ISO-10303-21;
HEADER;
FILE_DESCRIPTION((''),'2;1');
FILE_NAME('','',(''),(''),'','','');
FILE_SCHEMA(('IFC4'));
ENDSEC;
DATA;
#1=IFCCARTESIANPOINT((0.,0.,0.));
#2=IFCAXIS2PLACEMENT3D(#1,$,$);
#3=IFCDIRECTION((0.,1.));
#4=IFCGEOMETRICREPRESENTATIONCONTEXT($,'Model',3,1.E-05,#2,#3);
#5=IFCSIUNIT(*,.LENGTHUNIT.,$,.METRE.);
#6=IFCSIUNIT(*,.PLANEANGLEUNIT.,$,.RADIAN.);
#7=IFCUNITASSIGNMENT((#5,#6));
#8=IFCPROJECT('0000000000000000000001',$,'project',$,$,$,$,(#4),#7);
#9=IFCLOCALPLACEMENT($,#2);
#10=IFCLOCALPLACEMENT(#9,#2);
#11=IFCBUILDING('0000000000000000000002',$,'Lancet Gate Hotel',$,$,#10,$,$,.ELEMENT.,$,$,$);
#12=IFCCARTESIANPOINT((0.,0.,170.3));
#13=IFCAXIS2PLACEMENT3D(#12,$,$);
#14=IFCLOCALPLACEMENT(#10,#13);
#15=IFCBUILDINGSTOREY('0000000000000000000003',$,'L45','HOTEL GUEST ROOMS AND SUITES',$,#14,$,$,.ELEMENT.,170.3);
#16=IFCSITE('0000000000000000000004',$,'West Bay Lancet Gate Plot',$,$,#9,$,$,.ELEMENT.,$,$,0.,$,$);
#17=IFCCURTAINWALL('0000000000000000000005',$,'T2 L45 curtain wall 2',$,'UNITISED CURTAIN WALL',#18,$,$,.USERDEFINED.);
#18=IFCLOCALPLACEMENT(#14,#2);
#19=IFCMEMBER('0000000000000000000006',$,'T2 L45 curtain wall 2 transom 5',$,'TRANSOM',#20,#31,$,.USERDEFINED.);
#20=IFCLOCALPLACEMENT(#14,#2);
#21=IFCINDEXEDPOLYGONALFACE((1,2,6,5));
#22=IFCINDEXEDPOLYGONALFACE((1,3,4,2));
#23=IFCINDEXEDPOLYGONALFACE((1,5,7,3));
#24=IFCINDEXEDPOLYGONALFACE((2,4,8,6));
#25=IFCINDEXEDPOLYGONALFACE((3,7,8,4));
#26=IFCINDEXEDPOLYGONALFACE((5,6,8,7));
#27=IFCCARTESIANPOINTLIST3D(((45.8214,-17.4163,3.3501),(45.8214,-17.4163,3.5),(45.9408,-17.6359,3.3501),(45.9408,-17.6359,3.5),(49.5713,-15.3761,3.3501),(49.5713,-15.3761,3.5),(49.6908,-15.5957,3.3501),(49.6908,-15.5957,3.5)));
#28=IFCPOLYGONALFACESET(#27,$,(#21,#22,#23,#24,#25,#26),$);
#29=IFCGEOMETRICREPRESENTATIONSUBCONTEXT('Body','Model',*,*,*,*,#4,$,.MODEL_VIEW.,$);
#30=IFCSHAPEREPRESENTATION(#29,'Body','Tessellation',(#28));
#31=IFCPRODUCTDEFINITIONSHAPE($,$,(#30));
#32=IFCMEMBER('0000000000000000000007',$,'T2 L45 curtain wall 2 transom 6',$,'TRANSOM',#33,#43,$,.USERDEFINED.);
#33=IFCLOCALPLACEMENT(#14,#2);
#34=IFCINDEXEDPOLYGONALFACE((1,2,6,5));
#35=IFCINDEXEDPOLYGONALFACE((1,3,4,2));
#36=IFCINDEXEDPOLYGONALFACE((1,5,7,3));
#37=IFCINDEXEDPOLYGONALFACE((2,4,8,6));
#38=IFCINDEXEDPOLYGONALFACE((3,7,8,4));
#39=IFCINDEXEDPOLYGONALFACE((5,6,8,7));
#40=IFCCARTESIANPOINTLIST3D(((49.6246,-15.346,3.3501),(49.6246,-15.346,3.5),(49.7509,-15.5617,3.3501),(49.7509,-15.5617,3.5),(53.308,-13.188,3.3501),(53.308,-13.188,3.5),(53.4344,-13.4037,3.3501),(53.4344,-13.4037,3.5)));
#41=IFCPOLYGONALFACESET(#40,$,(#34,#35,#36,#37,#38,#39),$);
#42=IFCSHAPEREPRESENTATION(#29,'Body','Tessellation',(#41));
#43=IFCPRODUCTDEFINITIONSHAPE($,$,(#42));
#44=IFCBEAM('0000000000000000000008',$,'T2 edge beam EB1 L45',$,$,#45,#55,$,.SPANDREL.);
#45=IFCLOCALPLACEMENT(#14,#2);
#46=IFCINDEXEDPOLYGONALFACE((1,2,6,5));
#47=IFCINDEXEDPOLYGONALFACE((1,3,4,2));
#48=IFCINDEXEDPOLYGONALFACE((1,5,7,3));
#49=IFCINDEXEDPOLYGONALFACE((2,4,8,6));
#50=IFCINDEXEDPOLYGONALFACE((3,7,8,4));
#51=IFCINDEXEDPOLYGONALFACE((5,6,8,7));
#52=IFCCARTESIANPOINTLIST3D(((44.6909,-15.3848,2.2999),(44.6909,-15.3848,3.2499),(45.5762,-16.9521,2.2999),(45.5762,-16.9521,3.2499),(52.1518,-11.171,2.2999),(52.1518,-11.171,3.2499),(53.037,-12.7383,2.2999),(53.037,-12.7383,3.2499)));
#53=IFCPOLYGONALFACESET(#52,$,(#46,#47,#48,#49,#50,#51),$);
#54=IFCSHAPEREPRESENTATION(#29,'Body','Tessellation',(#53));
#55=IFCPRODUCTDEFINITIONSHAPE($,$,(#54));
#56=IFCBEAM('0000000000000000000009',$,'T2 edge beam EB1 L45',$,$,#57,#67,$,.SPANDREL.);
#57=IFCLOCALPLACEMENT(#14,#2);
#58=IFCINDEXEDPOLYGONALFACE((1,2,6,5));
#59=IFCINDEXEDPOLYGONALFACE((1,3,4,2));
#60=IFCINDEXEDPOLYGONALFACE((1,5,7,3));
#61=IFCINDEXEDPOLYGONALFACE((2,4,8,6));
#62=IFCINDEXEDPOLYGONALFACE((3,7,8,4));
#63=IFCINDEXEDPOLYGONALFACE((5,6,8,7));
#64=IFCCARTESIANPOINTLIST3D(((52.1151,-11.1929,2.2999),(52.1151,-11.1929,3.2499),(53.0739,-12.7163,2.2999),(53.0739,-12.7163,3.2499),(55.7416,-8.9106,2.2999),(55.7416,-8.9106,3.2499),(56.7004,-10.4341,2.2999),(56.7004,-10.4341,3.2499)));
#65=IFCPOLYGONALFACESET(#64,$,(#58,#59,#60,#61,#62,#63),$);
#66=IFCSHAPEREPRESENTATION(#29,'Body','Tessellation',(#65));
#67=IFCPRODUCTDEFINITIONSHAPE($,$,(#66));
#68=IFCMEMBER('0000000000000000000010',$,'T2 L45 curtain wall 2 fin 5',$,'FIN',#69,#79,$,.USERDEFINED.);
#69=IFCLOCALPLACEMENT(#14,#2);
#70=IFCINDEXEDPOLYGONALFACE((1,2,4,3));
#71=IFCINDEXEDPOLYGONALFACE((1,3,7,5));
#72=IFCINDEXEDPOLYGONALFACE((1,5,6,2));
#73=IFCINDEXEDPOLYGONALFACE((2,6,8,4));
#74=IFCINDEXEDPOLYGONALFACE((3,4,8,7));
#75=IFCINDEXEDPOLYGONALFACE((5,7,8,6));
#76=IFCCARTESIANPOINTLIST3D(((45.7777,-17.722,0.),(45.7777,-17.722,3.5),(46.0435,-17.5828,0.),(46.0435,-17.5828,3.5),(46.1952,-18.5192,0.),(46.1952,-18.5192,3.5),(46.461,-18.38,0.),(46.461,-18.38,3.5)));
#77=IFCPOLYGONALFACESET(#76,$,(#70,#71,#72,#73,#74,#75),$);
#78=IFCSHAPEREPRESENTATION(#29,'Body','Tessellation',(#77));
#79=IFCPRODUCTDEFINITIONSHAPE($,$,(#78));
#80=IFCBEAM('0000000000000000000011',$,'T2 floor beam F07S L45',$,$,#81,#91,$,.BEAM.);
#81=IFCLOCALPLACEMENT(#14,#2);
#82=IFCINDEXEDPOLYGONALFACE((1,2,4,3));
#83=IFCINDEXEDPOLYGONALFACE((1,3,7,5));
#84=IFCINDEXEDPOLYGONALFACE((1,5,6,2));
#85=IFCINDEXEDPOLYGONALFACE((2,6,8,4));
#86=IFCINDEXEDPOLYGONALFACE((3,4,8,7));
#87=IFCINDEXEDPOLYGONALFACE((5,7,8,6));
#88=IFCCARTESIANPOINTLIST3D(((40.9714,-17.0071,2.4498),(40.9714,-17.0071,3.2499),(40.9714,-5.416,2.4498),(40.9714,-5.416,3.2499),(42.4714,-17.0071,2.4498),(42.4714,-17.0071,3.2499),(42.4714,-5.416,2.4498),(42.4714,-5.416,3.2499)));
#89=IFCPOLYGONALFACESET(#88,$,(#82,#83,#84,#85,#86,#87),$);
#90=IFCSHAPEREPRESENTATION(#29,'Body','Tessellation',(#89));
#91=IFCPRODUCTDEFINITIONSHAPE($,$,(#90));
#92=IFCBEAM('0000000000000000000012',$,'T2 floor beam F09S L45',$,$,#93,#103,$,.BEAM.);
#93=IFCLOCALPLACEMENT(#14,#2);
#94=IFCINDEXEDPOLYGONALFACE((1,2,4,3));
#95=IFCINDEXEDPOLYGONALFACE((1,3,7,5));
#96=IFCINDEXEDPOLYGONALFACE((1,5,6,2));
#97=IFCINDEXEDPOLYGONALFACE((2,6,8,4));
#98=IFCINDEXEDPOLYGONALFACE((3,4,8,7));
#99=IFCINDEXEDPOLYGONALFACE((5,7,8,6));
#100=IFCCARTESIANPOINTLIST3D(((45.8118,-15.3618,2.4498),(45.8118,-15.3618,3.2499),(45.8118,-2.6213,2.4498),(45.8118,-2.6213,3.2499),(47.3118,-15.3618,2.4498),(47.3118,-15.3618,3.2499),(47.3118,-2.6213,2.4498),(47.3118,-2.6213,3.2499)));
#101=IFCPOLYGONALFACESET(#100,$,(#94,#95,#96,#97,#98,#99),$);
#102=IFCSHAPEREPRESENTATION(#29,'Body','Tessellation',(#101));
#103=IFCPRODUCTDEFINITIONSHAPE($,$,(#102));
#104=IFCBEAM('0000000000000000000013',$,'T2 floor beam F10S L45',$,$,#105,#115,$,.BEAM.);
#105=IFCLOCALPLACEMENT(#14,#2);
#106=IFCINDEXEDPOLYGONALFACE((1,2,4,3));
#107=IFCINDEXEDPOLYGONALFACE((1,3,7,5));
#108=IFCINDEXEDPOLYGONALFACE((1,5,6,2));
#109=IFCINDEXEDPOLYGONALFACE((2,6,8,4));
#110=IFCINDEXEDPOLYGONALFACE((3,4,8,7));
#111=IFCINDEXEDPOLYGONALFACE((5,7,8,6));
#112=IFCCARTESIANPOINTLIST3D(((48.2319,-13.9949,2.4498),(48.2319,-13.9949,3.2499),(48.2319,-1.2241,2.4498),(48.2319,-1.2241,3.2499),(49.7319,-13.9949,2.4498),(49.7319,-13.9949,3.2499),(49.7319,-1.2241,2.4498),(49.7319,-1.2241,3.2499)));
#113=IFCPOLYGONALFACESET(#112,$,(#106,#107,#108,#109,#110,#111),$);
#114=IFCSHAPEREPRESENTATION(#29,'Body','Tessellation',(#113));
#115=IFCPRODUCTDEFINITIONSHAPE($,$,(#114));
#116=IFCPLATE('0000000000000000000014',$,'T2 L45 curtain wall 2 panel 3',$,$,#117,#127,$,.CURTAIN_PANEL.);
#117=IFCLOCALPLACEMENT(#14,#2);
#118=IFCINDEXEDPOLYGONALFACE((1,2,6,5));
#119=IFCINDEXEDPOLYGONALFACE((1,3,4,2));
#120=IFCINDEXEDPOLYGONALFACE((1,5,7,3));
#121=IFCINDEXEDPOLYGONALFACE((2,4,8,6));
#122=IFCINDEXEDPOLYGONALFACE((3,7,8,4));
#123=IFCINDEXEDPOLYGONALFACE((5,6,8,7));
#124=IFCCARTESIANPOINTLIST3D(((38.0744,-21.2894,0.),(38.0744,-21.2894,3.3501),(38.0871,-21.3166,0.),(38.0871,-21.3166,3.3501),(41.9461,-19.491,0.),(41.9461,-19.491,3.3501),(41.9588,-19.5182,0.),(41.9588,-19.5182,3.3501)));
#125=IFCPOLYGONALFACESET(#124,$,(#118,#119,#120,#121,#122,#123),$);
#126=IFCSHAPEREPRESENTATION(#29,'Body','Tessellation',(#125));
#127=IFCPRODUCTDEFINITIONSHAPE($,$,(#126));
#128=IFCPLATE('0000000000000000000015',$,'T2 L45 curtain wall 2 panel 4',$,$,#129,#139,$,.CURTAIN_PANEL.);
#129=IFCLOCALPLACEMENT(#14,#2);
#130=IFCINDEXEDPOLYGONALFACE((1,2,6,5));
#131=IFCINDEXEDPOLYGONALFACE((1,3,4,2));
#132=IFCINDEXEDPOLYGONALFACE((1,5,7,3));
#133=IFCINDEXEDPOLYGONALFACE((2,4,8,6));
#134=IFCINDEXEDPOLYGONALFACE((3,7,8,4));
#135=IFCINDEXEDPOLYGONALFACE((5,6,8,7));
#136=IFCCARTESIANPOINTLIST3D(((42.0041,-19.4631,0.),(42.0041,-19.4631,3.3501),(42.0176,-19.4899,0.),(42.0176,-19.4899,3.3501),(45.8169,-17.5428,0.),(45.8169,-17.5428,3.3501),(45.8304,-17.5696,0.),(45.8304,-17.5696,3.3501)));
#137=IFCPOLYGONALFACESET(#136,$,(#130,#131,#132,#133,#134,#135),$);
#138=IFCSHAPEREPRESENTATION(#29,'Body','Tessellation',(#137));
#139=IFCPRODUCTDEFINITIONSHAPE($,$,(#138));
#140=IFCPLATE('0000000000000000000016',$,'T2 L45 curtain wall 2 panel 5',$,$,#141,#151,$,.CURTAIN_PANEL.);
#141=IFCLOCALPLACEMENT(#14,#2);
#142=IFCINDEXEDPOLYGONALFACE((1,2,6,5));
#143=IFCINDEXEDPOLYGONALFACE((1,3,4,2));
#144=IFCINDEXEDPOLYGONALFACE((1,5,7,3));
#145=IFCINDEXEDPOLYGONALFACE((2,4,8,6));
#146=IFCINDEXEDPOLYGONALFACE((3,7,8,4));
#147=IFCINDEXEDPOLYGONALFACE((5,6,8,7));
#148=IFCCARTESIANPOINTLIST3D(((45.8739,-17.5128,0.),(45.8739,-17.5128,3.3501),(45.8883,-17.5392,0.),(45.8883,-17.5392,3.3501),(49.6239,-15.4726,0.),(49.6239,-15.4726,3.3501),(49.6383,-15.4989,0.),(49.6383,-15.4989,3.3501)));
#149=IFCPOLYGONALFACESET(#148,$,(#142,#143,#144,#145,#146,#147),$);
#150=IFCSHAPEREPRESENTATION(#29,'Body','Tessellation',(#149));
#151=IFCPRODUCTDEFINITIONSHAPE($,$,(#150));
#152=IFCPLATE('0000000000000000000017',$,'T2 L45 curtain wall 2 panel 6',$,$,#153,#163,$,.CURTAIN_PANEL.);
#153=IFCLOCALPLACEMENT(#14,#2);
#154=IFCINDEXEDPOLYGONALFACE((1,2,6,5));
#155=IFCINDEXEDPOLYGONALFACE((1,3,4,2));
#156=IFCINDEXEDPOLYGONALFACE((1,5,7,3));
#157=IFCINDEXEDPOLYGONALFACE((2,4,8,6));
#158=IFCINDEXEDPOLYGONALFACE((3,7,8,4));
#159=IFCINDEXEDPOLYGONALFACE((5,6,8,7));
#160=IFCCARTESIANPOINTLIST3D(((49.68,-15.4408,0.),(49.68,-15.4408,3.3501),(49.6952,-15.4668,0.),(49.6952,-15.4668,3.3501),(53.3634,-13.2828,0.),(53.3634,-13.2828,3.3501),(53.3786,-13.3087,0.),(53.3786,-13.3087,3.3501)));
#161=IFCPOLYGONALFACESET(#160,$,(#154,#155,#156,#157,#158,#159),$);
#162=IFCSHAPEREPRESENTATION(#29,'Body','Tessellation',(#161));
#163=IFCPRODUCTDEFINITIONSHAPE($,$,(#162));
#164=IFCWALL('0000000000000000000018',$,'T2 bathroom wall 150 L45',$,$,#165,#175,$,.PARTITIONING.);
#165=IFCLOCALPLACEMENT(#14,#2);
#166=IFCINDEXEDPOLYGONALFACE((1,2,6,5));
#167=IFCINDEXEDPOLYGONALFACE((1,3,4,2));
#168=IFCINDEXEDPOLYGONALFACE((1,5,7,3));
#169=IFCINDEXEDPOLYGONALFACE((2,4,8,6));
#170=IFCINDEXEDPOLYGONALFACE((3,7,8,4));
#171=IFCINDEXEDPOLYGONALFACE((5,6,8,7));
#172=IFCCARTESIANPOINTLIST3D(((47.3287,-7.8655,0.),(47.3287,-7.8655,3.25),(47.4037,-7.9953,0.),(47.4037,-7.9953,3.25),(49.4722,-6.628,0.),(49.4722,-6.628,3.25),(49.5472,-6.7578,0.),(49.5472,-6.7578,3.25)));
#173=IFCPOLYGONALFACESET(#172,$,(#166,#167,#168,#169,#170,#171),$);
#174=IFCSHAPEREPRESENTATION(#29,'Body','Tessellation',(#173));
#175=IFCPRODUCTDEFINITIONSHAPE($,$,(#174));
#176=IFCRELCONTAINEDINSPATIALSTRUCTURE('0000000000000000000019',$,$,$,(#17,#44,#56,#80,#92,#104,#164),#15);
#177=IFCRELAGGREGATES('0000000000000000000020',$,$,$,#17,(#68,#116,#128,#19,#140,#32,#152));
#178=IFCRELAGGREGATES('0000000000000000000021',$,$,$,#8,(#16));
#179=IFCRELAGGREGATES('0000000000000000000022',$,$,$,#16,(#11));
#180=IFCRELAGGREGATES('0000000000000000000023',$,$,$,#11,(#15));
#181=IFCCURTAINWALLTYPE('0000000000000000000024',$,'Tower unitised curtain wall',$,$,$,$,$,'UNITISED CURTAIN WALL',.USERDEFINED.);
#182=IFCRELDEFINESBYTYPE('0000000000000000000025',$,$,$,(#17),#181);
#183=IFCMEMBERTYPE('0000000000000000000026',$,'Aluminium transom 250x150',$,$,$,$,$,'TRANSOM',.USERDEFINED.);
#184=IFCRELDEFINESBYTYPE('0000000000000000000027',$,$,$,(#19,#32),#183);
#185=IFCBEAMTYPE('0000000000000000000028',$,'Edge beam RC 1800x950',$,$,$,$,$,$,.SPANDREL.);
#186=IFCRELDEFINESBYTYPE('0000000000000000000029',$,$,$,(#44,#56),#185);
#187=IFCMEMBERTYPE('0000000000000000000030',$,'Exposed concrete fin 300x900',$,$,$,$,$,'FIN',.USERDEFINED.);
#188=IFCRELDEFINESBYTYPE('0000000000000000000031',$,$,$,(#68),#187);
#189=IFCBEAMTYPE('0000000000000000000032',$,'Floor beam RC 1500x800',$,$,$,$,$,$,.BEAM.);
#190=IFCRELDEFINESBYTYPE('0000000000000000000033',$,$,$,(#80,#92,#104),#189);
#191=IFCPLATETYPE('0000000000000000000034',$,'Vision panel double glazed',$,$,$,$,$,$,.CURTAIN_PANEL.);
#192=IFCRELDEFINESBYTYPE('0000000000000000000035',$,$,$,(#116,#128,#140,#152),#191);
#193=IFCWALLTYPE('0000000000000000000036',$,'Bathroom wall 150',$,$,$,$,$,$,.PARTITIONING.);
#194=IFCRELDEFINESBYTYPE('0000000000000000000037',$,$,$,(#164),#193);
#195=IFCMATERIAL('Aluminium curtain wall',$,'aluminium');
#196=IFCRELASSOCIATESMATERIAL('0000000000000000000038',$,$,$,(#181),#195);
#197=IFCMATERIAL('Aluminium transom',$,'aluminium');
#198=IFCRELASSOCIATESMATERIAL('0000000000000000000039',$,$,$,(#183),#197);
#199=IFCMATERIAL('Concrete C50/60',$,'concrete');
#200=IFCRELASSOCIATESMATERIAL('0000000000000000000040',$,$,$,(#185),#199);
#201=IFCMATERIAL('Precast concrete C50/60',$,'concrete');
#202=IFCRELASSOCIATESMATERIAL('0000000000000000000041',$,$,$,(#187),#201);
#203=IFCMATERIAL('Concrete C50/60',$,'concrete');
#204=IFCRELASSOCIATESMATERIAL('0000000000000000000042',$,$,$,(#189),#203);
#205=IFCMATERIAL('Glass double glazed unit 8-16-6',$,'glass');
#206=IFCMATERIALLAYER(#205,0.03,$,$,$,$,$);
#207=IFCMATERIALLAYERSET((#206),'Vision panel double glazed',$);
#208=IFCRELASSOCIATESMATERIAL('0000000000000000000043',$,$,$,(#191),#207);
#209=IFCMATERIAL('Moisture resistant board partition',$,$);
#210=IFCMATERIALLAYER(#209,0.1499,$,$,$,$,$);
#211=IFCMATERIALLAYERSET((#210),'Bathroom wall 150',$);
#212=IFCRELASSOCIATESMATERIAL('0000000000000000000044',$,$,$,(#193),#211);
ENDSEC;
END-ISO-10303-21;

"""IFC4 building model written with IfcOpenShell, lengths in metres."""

from ifc_helpers import new_model, si_unit, direction, frame, frame_2d, origin, origin_2d, place, context, subcontext, project, spatial, rectangle, extrude, material, layer, layer_set, material_profile, profile_set, type_object, element, aggregate, save


model = new_model("IFC4")

# Units and contexts
model_context = context("Model", 3, precision=1e-05, world=origin(), true_north=direction((0.0, 1.0)))
body_context = subcontext(model_context, "Body", "Model", "MODEL_VIEW")
ifc_project = project(units=[si_unit("LENGTHUNIT", "METRE"), si_unit("PLANEANGLEUNIT", "RADIAN")], contexts=[model_context])

# Site, building, storey
site_placement = place(None, origin())
site = spatial("IfcSite", under=ifc_project, at=site_placement, Name="West Bay Lancet Gate Plot", CompositionType="ELEMENT", RefElevation=0.0)
building_placement = place(site_placement, origin())
building = spatial("IfcBuilding", under=site, at=building_placement, Name="Lancet Gate Hotel", CompositionType="ELEMENT")
storey_placement = place(building_placement, frame((0.0, 0.0, 170.3)))
storey = spatial("IfcBuildingStorey", under=building, at=storey_placement, Name="L45", Description="HOTEL GUEST ROOMS AND SUITES", CompositionType="ELEMENT", Elevation=170.3)

# Curtain wall, members
ifc_material_1 = material(Name="Aluminium curtain wall", Category="aluminium")
curtain_wall_type = type_object("IfcCurtainWallType", Name="Tower unitised curtain wall", ElementType="UNITISED CURTAIN WALL", PredefinedType="USERDEFINED", material=ifc_material_1)
curtain_wall_placement = place(storey_placement, origin())
curtain_wall = element("IfcCurtainWall", 1, at=curtain_wall_placement, inside=storey, type_object=curtain_wall_type, Name="T2 L45 curtain wall 2", ObjectType="UNITISED CURTAIN WALL", PredefinedType="USERDEFINED")
ifc_material_2 = material(Name="Aluminium transom", Category="aluminium")
ifc_material_profile_1 = material_profile(ifc_material_2, rectangle(XDim=0.25, YDim=0.1499, at=origin_2d()), Name="TRANSOM 250x150")
ifc_profile_set_1 = profile_set([ifc_material_profile_1], Name="Aluminium transom")
member_type_1 = type_object("IfcMemberType", Name="Aluminium transom 250x150", ElementType="TRANSOM", PredefinedType="USERDEFINED", material=ifc_profile_set_1)
member_1_placement = place(storey_placement, frame((45.8811, -17.5261, 3.425), z_axis=(0.878404, 0.477918, 0.0), x_axis=(-0.477918, 0.878404, 0.0)))
member_1 = element("IfcMember", 2, at=member_1_placement, type_object=member_type_1, Name="T2 L45 curtain wall 2 transom 5", ObjectType="TRANSOM", PredefinedType="USERDEFINED", context=body_context, shape_type="SweptSolid", body=[
    extrude(rectangle(XDim=0.25, YDim=0.1499, at=origin_2d()), origin(), (0.0, 0.0, 1.0), 4.269),
])
member_2_placement = place(storey_placement, frame((49.6877, -15.4539, 3.425), z_axis=(0.862825, 0.505502, 0.0), x_axis=(-0.505502, 0.862825, 0.0)))
member_2 = element("IfcMember", 3, at=member_2_placement, type_object=member_type_1, Name="T2 L45 curtain wall 2 transom 6", ObjectType="TRANSOM", PredefinedType="USERDEFINED", context=body_context, shape_type="SweptSolid", body=[
    extrude(rectangle(XDim=0.25, YDim=0.1499, at=origin_2d()), origin(), (0.0, 0.0, 1.0), 4.269),
])

# Beams
ifc_material_3 = material(Name="Concrete C50/60", Category="concrete")
ifc_material_profile_2 = material_profile(ifc_material_3, rectangle(XDim=1.8, YDim=0.95, at=origin_2d()), Name="RC 1800x950")
ifc_profile_set_2 = profile_set([ifc_material_profile_2], Name="Concrete C50/60")
beam_type_1 = type_object("IfcBeamType", Name="Edge beam RC 1800x950", PredefinedType="SPANDREL", material=ifc_profile_set_2)
beam_1_placement = place(storey_placement, frame((45.1335, -16.1685, 2.7749), z_axis=(0.870722, 0.491776, 0.0), x_axis=(-0.491776, 0.870722, 0.0)))
element("IfcBeam", 4, at=beam_1_placement, inside=storey, type_object=beam_type_1, Name="T2 edge beam EB1 L45", PredefinedType="SPANDREL", context=body_context, shape_type="SweptSolid", body=[
    extrude(rectangle(XDim=1.8, YDim=0.95, at=origin_2d()), origin(), (0.0, 0.0, 1.0), 8.5686),
])
beam_2_placement = place(storey_placement, frame((52.5945, -11.9546, 2.7749), z_axis=(0.846349, 0.532629, 0.0), x_axis=(-0.532629, 0.846349, 0.0)))
element("IfcBeam", 5, at=beam_2_placement, inside=storey, type_object=beam_type_1, Name="T2 edge beam EB1 L45", PredefinedType="SPANDREL", context=body_context, shape_type="SweptSolid", body=[
    extrude(rectangle(XDim=1.8, YDim=0.95, at=origin_2d()), origin(), (0.0, 0.0, 1.0), 4.2849),
])

# Member
ifc_material_4 = material(Name="Precast concrete C50/60", Category="concrete")
ifc_material_profile_3 = material_profile(ifc_material_4, rectangle(XDim=0.3, YDim=0.8999, at=origin_2d()), Name="FIN 300x900")
ifc_profile_set_3 = profile_set([ifc_material_profile_3], Name="Precast concrete C50/60")
member_type_2 = type_object("IfcMemberType", Name="Exposed concrete fin 300x900", ElementType="FIN", PredefinedType="USERDEFINED", material=ifc_profile_set_3)
member_3_placement = place(storey_placement, frame((46.1194, -18.051, 0.0), z_axis=(0.0, 0.0, 1.0), x_axis=(0.885877, 0.46392, 0.0)))
member_3 = element("IfcMember", 6, at=member_3_placement, type_object=member_type_2, Name="T2 L45 curtain wall 2 fin 5", ObjectType="FIN", PredefinedType="USERDEFINED", context=body_context, shape_type="SweptSolid", body=[
    extrude(rectangle(XDim=0.3, YDim=0.8999, at=origin_2d()), origin(), (0.0, 0.0, 1.0), 3.5),
])

# Beams
ifc_material_5 = material(Name="Concrete C50/60", Category="concrete")
ifc_material_profile_4 = material_profile(ifc_material_5, rectangle(XDim=1.5, YDim=0.8, at=origin_2d()), Name="RC 1500x800")
ifc_profile_set_4 = profile_set([ifc_material_profile_4], Name="Concrete C50/60")
beam_type_2 = type_object("IfcBeamType", Name="Floor beam RC 1500x800", PredefinedType="BEAM", material=ifc_profile_set_4)
beam_3_placement = place(storey_placement, frame((41.7214, -17.0071, 2.8499), z_axis=(0.0, 1.0, 0.0), x_axis=(-1.0, 0.0, 0.0)))
element("IfcBeam", 7, at=beam_3_placement, inside=storey, type_object=beam_type_2, Name="T2 floor beam F07S L45", PredefinedType="BEAM", context=body_context, shape_type="SweptSolid", body=[
    extrude(rectangle(XDim=1.5, YDim=0.8, at=origin_2d()), origin(), (0.0, 0.0, 1.0), 11.5911),
])
beam_4_placement = place(storey_placement, frame((46.5618, -15.3618, 2.8499), z_axis=(0.0, 1.0, 0.0), x_axis=(-1.0, 0.0, 0.0)))
element("IfcBeam", 8, at=beam_4_placement, inside=storey, type_object=beam_type_2, Name="T2 floor beam F09S L45", PredefinedType="BEAM", context=body_context, shape_type="SweptSolid", body=[
    extrude(rectangle(XDim=1.5, YDim=0.8, at=origin_2d()), origin(), (0.0, 0.0, 1.0), 12.7405),
])
beam_5_placement = place(storey_placement, frame((48.9819, -13.9949, 2.8499), z_axis=(0.0, 1.0, 0.0), x_axis=(-1.0, 0.0, 0.0)))
element("IfcBeam", 9, at=beam_5_placement, inside=storey, type_object=beam_type_2, Name="T2 floor beam F10S L45", PredefinedType="BEAM", context=body_context, shape_type="SweptSolid", body=[
    extrude(rectangle(XDim=1.5, YDim=0.8, at=origin_2d()), origin(), (0.0, 0.0, 1.0), 12.7708),
])

# Plates
ifc_material_6 = material(Name="Glass double glazed unit 8-16-6", Category="glass")
ifc_layer_1 = layer(ifc_material_6, 0.03)
ifc_layer_set_1 = layer_set([ifc_layer_1], Name="Vision panel double glazed")
plate_type = type_object("IfcPlateType", Name="Vision panel double glazed", PredefinedType="CURTAIN_PANEL", material=ifc_layer_set_1)
plate_1_placement = place(storey_placement, frame((40.0166, -20.4038, 0.0), z_axis=(0.0, 0.0, 1.0), x_axis=(0.906935, 0.421271, 0.0)))
plate_1 = element("IfcPlate", 10, at=plate_1_placement, type_object=plate_type, Name="T2 L45 curtain wall 2 panel 3", PredefinedType="CURTAIN_PANEL", context=body_context, shape_type="SweptSolid", body=[
    extrude(rectangle(XDim=4.269, YDim=0.03, at=origin_2d()), origin(), (0.0, 0.0, 1.0), 3.3501),
])
plate_2_placement = place(storey_placement, frame((43.9172, -18.5164, 0.0), z_axis=(0.0, 0.0, 1.0), x_axis=(0.893121, 0.449816, 0.0)))
plate_2 = element("IfcPlate", 11, at=plate_2_placement, type_object=plate_type, Name="T2 L45 curtain wall 2 panel 4", PredefinedType="CURTAIN_PANEL", context=body_context, shape_type="SweptSolid", body=[
    extrude(rectangle(XDim=4.269, YDim=0.03, at=origin_2d()), origin(), (0.0, 0.0, 1.0), 3.3501),
])
plate_3_placement = place(storey_placement, frame((47.7561, -16.5059, 0.0), z_axis=(0.0, 0.0, 1.0), x_axis=(0.87841, 0.477908, 0.0)))
plate_3 = element("IfcPlate", 12, at=plate_3_placement, type_object=plate_type, Name="T2 L45 curtain wall 2 panel 5", PredefinedType="CURTAIN_PANEL", context=body_context, shape_type="SweptSolid", body=[
    extrude(rectangle(XDim=4.269, YDim=0.03, at=origin_2d()), origin(), (0.0, 0.0, 1.0), 3.3501),
])
plate_4_placement = place(storey_placement, frame((51.5293, -14.3748, 0.0), z_axis=(0.0, 0.0, 1.0), x_axis=(0.862815, 0.50552, 0.0)))
plate_4 = element("IfcPlate", 13, at=plate_4_placement, type_object=plate_type, Name="T2 L45 curtain wall 2 panel 6", PredefinedType="CURTAIN_PANEL", context=body_context, shape_type="SweptSolid", body=[
    extrude(rectangle(XDim=4.269, YDim=0.03, at=origin_2d()), origin(), (0.0, 0.0, 1.0), 3.3501),
])
aggregate(curtain_wall, [member_3, plate_1, plate_2, member_1, plate_3, member_2, plate_4])

# Wall
ifc_material_7 = material(Name="Moisture resistant board partition")
ifc_layer_2 = layer(ifc_material_7, 0.1499)
ifc_layer_set_2 = layer_set([ifc_layer_2], Name="Bathroom wall 150")
wall_type_1 = type_object("IfcWallType", Name="Bathroom wall 150", PredefinedType="PARTITIONING", material=ifc_layer_set_2)
wall_1_placement = place(storey_placement, frame((47.3662, -7.9304, 0.0), z_axis=(0.0, 0.0, 1.0), x_axis=(0.866031, 0.49999, 0.0)))
element("IfcWall", 14, at=wall_1_placement, inside=storey, type_object=wall_type_1, Name="T2 bathroom wall 150 L45", PredefinedType="PARTITIONING", context=body_context, shape_type="SweptSolid", body=[
    extrude(rectangle(XDim=2.4751, YDim=0.1499, at=frame_2d((1.2375, 0.0))), origin(), (0.0, 0.0, 1.0), 3.25),
])

save(model, "model.ifc")
